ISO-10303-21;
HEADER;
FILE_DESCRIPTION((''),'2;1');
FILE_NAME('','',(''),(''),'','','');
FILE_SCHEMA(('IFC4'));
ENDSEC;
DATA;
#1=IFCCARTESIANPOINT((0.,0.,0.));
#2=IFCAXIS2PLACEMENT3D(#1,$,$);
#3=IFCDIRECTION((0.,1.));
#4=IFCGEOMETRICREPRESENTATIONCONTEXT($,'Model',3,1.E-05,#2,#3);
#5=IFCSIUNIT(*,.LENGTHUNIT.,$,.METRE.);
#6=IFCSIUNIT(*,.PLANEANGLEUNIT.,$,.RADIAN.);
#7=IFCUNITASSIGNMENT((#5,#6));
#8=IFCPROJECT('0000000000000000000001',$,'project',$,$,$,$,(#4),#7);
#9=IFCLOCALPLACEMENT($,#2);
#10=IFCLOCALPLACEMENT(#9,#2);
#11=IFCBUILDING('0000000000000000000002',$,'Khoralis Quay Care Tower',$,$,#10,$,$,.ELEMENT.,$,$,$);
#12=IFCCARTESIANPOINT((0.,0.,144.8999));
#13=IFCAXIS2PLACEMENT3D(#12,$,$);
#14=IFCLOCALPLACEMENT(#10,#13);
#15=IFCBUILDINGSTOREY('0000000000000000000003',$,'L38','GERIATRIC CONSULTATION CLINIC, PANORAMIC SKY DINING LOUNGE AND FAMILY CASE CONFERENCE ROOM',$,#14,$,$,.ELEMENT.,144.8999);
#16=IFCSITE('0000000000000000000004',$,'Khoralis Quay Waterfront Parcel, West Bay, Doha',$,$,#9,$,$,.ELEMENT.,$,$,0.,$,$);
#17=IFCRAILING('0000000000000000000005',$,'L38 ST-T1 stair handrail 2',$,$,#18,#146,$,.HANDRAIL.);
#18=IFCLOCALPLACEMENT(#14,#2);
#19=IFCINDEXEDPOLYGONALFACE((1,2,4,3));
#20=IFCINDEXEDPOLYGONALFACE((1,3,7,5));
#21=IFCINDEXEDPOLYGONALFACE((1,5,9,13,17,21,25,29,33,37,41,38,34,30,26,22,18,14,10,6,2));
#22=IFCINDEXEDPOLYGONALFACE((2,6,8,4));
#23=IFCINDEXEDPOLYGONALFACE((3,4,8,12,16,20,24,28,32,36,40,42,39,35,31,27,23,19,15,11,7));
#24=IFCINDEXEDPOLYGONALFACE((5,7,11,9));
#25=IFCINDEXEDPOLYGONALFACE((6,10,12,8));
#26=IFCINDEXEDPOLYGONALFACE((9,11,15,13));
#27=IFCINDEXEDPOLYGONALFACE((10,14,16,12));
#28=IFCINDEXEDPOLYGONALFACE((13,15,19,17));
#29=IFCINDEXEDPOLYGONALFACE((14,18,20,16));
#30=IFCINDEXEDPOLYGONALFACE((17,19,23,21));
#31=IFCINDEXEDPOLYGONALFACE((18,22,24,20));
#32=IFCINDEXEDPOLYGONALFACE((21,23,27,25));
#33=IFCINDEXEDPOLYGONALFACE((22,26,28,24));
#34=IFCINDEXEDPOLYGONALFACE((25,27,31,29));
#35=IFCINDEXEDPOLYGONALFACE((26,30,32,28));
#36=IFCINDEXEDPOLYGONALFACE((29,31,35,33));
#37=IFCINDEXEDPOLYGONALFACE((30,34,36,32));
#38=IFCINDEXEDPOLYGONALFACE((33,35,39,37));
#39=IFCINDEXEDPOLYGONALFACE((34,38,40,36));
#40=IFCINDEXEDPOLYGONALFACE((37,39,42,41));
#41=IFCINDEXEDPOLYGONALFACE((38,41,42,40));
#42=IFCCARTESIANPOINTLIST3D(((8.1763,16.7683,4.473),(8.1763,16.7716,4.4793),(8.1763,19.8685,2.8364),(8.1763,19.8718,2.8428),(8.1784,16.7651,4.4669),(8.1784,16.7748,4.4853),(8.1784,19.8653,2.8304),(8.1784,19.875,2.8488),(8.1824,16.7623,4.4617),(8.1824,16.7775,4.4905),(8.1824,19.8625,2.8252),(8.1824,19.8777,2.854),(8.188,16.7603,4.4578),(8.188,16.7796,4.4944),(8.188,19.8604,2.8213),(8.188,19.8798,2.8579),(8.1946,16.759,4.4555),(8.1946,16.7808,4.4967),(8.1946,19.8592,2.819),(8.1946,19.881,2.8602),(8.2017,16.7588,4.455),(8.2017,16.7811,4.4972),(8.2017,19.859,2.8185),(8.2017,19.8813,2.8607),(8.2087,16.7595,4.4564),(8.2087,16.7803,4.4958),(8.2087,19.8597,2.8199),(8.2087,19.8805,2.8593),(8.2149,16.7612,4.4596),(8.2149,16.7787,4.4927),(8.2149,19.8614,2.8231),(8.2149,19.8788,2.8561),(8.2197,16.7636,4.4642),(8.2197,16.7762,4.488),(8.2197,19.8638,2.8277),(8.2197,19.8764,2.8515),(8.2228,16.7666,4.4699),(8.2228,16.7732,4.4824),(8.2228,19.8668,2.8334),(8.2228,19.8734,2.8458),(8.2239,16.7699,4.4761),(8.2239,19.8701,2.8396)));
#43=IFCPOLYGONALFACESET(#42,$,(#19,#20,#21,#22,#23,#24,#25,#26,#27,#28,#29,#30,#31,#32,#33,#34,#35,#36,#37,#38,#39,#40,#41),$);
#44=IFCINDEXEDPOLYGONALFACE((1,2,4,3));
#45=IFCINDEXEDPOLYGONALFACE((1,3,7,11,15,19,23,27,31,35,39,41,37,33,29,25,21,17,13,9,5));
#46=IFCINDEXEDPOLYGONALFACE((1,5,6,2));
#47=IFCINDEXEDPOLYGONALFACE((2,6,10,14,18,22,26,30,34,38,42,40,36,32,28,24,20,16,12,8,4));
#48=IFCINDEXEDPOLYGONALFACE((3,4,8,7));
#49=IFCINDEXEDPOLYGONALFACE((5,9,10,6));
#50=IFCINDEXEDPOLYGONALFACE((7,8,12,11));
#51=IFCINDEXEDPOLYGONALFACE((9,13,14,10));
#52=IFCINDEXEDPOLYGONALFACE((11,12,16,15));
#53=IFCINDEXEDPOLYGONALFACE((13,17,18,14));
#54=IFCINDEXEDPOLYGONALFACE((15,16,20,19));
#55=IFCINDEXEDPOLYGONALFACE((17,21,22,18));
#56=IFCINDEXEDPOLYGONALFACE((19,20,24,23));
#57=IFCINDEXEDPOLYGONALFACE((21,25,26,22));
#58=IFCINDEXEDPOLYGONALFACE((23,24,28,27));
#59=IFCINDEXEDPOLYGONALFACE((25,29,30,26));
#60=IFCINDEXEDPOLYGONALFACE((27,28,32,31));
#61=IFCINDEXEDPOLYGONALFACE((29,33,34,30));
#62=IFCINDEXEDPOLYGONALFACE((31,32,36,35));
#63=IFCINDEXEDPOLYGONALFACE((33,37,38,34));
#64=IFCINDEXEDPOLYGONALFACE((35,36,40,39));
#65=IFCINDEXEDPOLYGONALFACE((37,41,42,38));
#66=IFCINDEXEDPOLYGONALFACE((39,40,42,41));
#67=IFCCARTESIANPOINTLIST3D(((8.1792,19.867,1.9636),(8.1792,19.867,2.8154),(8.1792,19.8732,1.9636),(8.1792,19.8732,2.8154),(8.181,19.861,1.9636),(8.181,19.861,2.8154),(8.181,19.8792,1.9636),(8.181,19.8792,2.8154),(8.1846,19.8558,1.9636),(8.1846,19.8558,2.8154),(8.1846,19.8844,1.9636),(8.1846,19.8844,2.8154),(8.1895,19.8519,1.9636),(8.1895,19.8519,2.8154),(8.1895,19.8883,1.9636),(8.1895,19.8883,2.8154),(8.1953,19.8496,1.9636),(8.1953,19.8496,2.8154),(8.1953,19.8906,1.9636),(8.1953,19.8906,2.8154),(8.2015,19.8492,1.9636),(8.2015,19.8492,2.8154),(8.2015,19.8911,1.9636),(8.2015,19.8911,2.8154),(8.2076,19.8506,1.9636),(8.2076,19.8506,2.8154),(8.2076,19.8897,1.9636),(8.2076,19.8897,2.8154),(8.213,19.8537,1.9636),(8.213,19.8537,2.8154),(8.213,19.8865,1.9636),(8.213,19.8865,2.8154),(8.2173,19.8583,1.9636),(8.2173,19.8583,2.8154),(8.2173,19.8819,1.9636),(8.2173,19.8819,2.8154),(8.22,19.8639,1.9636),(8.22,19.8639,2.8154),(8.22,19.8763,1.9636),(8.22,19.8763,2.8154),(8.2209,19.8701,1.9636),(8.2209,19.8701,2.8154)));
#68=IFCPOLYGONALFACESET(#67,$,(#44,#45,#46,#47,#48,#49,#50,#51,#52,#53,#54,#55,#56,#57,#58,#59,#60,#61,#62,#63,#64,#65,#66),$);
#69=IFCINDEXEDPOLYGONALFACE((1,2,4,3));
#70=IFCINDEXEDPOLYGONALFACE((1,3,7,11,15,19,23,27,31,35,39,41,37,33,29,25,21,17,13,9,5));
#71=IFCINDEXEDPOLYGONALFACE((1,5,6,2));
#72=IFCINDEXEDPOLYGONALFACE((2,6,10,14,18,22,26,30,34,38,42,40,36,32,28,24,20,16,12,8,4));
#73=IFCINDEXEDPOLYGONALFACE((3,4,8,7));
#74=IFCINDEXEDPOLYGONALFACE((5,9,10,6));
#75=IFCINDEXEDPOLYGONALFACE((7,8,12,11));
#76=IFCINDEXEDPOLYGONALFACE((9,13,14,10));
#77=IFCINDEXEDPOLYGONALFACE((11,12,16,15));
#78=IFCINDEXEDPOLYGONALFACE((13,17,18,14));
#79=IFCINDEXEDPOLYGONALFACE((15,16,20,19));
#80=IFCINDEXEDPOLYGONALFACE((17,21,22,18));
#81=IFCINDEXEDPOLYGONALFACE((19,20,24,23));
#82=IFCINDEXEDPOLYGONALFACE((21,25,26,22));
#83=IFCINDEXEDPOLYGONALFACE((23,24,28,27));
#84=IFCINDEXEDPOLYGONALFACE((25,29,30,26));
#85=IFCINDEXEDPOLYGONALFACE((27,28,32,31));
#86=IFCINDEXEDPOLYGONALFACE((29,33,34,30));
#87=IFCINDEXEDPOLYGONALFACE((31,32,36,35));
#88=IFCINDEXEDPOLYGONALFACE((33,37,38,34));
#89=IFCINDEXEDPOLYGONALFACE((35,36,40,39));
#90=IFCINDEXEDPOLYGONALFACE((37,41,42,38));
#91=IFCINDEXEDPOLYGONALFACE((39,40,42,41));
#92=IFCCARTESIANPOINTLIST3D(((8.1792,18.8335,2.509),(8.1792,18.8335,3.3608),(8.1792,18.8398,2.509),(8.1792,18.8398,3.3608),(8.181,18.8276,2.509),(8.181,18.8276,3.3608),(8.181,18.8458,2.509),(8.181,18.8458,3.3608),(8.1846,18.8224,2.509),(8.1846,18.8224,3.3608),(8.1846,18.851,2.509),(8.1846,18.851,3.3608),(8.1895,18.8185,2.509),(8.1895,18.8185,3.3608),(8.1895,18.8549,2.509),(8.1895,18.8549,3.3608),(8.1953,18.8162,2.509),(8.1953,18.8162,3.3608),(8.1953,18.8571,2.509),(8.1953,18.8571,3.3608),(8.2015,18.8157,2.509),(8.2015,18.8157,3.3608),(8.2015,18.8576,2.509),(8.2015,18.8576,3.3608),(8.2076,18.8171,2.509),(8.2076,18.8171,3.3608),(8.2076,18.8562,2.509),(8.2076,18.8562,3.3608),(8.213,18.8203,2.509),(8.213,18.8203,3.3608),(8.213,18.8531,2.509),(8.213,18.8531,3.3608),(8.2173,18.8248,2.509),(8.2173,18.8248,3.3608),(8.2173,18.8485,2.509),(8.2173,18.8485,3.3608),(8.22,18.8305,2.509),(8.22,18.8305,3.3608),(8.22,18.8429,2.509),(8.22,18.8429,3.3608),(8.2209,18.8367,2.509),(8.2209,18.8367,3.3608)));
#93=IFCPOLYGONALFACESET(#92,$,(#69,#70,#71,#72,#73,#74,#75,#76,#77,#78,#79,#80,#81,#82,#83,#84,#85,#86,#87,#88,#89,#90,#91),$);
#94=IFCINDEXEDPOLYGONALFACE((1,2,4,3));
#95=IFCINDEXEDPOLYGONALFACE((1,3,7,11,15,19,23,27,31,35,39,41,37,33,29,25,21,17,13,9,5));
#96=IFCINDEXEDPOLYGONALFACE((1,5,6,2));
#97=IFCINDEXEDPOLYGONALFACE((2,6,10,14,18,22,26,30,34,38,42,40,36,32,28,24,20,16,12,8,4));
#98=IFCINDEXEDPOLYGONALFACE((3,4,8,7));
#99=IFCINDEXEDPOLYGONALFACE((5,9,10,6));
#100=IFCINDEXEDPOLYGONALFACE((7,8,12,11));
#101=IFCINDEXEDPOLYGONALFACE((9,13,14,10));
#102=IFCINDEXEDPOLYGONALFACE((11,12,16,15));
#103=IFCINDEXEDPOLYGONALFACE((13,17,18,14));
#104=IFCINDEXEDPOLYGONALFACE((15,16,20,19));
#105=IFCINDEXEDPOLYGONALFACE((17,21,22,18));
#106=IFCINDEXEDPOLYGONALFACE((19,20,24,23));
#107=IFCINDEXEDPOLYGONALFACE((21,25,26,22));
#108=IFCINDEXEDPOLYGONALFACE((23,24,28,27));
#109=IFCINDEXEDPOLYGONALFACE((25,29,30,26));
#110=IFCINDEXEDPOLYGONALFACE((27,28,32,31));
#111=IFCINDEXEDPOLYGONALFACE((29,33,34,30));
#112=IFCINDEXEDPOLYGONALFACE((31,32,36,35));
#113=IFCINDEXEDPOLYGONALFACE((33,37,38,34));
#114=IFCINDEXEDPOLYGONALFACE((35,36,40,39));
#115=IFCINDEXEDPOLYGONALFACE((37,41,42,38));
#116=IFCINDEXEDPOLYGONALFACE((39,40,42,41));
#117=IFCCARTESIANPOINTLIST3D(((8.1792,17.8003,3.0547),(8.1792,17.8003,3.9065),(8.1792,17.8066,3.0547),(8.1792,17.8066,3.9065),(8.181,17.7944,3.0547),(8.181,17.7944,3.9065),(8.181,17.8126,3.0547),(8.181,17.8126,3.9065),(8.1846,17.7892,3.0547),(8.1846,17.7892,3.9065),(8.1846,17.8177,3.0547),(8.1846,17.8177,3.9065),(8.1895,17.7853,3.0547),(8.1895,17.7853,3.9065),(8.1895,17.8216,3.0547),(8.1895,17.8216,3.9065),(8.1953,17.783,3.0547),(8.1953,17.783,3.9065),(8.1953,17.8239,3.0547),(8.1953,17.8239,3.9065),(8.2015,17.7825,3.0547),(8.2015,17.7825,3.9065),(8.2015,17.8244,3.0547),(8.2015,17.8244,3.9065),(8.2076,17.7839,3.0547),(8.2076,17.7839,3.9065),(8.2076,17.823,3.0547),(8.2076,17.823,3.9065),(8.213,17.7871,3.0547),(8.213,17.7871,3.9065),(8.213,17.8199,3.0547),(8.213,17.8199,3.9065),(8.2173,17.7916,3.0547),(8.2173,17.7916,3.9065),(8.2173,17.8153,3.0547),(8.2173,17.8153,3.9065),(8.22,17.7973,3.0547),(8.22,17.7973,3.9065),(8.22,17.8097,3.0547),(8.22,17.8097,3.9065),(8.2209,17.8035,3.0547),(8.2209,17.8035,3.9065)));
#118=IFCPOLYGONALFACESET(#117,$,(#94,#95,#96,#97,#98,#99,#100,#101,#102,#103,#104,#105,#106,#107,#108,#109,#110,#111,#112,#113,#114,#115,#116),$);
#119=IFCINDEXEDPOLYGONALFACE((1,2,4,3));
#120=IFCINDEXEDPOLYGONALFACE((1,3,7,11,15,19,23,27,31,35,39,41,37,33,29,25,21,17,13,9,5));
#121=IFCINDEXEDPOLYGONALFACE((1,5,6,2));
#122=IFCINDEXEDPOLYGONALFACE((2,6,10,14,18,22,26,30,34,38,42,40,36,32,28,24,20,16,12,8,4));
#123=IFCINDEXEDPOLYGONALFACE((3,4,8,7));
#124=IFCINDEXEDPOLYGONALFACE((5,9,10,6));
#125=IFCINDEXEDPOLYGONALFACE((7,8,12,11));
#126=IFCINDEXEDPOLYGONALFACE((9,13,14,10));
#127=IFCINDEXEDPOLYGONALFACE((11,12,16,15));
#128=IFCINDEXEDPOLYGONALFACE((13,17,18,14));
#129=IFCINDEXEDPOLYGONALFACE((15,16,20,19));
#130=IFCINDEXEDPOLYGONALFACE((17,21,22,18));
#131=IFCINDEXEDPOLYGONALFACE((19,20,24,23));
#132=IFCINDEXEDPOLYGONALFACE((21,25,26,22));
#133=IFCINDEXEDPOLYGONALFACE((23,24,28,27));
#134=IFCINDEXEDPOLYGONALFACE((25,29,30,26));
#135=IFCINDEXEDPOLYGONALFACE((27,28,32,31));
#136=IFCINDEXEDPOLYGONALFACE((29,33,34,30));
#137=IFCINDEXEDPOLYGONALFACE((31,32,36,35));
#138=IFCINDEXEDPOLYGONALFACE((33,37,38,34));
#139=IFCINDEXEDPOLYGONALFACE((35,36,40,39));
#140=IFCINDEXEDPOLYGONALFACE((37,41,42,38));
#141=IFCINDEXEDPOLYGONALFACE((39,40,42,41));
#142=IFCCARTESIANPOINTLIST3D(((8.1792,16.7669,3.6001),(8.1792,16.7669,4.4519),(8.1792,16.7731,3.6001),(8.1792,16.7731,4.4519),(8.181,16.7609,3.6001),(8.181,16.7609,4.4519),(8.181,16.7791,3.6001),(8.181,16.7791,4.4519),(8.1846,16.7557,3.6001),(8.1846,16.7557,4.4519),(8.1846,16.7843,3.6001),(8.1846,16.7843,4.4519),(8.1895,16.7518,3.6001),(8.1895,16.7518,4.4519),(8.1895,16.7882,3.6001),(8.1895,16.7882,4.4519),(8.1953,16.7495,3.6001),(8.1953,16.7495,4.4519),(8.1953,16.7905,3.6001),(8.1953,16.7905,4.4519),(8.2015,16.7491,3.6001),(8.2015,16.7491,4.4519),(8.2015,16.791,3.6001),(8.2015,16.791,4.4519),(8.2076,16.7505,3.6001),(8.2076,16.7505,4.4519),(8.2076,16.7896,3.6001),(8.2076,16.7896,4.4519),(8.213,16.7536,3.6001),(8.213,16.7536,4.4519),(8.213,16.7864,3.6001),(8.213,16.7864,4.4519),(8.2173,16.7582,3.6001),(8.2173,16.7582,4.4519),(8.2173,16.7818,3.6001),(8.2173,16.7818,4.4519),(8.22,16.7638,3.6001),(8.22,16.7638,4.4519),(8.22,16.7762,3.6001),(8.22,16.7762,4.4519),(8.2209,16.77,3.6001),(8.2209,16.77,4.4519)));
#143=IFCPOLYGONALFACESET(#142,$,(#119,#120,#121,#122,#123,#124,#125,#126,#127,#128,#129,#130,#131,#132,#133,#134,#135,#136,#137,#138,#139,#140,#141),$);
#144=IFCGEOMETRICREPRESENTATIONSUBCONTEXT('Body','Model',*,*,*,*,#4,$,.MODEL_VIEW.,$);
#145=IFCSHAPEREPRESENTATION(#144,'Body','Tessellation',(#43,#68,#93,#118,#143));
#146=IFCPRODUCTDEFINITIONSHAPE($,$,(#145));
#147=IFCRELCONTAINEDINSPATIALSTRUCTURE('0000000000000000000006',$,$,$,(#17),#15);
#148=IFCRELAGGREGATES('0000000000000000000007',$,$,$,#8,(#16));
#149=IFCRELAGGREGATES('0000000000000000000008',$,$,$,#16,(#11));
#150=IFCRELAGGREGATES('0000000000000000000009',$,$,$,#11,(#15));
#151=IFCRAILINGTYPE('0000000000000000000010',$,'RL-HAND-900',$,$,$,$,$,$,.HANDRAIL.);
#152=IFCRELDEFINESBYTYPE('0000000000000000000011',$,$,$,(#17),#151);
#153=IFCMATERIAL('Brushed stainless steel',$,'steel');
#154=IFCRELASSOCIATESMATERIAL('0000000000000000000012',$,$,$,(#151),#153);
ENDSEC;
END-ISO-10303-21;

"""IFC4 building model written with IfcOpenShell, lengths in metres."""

from ifc_helpers import new_model, si_unit, direction, frame, origin, origin_2d, place, context, subcontext, project, spatial, circle, extrude, material, type_object, element, save


model = new_model("IFC4")

# Units and contexts
model_context = context("Model", 3, precision=1e-05, world=origin(), true_north=direction((0.0, 1.0)))
body_context = subcontext(model_context, "Body", "Model", "MODEL_VIEW")
ifc_project = project(units=[si_unit("LENGTHUNIT", "METRE"), si_unit("PLANEANGLEUNIT", "RADIAN")], contexts=[model_context])

# Site, building, storey
site_placement = place(None, origin())
site = spatial("IfcSite", under=ifc_project, at=site_placement, Name="Khoralis Quay Waterfront Parcel, West Bay, Doha", CompositionType="ELEMENT", RefElevation=0.0)
building_placement = place(site_placement, origin())
building = spatial("IfcBuilding", under=site, at=building_placement, Name="Khoralis Quay Care Tower", CompositionType="ELEMENT")
storey_placement = place(building_placement, frame((0.0, 0.0, 144.8999)))
storey = spatial("IfcBuildingStorey", under=building, at=storey_placement, Name="L38", Description="GERIATRIC CONSULTATION CLINIC, PANORAMIC SKY DINING LOUNGE AND FAMILY CASE CONFERENCE ROOM", CompositionType="ELEMENT", Elevation=144.8999)

# Shared definitions
ifc_material_1 = material(Name="Brushed stainless steel", Category="steel")

# Railing
railing_type_1 = type_object("IfcRailingType", Name="RL-HAND-900", PredefinedType="HANDRAIL", material=ifc_material_1)
railing_1_placement = place(storey_placement, frame((8.2, 19.8701, 1.9636)))
element("IfcRailing", 1, at=railing_1_placement, inside=storey, type_object=railing_type_1, Name="L38 ST-T1 stair handrail 2", PredefinedType="HANDRAIL", context=body_context, shape_type="SweptSolid", body=[
    extrude(circle(Radius=0.0239, at=origin_2d()), frame((0.0, 0.0, 0.876), z_axis=(0.0, -0.884348, 0.466828), x_axis=(1.0, 0.0, 0.0)), (0.0, 0.0, 1.0), 3.5056),
    extrude(circle(Radius=0.021, at=origin_2d()), origin(), (0.0, 0.0, 1.0), 0.8518),
    extrude(circle(Radius=0.021, at=origin_2d()), frame((0.0, -1.0334, 0.5454)), (0.0, 0.0, 1.0), 0.8518),
    extrude(circle(Radius=0.021, at=origin_2d()), frame((0.0, -2.0667, 1.0911)), (0.0, 0.0, 1.0), 0.8518),
    extrude(circle(Radius=0.021, at=origin_2d()), frame((0.0, -3.1001, 1.6365)), (0.0, 0.0, 1.0), 0.8518),
])

save(model, "model.ifc")
